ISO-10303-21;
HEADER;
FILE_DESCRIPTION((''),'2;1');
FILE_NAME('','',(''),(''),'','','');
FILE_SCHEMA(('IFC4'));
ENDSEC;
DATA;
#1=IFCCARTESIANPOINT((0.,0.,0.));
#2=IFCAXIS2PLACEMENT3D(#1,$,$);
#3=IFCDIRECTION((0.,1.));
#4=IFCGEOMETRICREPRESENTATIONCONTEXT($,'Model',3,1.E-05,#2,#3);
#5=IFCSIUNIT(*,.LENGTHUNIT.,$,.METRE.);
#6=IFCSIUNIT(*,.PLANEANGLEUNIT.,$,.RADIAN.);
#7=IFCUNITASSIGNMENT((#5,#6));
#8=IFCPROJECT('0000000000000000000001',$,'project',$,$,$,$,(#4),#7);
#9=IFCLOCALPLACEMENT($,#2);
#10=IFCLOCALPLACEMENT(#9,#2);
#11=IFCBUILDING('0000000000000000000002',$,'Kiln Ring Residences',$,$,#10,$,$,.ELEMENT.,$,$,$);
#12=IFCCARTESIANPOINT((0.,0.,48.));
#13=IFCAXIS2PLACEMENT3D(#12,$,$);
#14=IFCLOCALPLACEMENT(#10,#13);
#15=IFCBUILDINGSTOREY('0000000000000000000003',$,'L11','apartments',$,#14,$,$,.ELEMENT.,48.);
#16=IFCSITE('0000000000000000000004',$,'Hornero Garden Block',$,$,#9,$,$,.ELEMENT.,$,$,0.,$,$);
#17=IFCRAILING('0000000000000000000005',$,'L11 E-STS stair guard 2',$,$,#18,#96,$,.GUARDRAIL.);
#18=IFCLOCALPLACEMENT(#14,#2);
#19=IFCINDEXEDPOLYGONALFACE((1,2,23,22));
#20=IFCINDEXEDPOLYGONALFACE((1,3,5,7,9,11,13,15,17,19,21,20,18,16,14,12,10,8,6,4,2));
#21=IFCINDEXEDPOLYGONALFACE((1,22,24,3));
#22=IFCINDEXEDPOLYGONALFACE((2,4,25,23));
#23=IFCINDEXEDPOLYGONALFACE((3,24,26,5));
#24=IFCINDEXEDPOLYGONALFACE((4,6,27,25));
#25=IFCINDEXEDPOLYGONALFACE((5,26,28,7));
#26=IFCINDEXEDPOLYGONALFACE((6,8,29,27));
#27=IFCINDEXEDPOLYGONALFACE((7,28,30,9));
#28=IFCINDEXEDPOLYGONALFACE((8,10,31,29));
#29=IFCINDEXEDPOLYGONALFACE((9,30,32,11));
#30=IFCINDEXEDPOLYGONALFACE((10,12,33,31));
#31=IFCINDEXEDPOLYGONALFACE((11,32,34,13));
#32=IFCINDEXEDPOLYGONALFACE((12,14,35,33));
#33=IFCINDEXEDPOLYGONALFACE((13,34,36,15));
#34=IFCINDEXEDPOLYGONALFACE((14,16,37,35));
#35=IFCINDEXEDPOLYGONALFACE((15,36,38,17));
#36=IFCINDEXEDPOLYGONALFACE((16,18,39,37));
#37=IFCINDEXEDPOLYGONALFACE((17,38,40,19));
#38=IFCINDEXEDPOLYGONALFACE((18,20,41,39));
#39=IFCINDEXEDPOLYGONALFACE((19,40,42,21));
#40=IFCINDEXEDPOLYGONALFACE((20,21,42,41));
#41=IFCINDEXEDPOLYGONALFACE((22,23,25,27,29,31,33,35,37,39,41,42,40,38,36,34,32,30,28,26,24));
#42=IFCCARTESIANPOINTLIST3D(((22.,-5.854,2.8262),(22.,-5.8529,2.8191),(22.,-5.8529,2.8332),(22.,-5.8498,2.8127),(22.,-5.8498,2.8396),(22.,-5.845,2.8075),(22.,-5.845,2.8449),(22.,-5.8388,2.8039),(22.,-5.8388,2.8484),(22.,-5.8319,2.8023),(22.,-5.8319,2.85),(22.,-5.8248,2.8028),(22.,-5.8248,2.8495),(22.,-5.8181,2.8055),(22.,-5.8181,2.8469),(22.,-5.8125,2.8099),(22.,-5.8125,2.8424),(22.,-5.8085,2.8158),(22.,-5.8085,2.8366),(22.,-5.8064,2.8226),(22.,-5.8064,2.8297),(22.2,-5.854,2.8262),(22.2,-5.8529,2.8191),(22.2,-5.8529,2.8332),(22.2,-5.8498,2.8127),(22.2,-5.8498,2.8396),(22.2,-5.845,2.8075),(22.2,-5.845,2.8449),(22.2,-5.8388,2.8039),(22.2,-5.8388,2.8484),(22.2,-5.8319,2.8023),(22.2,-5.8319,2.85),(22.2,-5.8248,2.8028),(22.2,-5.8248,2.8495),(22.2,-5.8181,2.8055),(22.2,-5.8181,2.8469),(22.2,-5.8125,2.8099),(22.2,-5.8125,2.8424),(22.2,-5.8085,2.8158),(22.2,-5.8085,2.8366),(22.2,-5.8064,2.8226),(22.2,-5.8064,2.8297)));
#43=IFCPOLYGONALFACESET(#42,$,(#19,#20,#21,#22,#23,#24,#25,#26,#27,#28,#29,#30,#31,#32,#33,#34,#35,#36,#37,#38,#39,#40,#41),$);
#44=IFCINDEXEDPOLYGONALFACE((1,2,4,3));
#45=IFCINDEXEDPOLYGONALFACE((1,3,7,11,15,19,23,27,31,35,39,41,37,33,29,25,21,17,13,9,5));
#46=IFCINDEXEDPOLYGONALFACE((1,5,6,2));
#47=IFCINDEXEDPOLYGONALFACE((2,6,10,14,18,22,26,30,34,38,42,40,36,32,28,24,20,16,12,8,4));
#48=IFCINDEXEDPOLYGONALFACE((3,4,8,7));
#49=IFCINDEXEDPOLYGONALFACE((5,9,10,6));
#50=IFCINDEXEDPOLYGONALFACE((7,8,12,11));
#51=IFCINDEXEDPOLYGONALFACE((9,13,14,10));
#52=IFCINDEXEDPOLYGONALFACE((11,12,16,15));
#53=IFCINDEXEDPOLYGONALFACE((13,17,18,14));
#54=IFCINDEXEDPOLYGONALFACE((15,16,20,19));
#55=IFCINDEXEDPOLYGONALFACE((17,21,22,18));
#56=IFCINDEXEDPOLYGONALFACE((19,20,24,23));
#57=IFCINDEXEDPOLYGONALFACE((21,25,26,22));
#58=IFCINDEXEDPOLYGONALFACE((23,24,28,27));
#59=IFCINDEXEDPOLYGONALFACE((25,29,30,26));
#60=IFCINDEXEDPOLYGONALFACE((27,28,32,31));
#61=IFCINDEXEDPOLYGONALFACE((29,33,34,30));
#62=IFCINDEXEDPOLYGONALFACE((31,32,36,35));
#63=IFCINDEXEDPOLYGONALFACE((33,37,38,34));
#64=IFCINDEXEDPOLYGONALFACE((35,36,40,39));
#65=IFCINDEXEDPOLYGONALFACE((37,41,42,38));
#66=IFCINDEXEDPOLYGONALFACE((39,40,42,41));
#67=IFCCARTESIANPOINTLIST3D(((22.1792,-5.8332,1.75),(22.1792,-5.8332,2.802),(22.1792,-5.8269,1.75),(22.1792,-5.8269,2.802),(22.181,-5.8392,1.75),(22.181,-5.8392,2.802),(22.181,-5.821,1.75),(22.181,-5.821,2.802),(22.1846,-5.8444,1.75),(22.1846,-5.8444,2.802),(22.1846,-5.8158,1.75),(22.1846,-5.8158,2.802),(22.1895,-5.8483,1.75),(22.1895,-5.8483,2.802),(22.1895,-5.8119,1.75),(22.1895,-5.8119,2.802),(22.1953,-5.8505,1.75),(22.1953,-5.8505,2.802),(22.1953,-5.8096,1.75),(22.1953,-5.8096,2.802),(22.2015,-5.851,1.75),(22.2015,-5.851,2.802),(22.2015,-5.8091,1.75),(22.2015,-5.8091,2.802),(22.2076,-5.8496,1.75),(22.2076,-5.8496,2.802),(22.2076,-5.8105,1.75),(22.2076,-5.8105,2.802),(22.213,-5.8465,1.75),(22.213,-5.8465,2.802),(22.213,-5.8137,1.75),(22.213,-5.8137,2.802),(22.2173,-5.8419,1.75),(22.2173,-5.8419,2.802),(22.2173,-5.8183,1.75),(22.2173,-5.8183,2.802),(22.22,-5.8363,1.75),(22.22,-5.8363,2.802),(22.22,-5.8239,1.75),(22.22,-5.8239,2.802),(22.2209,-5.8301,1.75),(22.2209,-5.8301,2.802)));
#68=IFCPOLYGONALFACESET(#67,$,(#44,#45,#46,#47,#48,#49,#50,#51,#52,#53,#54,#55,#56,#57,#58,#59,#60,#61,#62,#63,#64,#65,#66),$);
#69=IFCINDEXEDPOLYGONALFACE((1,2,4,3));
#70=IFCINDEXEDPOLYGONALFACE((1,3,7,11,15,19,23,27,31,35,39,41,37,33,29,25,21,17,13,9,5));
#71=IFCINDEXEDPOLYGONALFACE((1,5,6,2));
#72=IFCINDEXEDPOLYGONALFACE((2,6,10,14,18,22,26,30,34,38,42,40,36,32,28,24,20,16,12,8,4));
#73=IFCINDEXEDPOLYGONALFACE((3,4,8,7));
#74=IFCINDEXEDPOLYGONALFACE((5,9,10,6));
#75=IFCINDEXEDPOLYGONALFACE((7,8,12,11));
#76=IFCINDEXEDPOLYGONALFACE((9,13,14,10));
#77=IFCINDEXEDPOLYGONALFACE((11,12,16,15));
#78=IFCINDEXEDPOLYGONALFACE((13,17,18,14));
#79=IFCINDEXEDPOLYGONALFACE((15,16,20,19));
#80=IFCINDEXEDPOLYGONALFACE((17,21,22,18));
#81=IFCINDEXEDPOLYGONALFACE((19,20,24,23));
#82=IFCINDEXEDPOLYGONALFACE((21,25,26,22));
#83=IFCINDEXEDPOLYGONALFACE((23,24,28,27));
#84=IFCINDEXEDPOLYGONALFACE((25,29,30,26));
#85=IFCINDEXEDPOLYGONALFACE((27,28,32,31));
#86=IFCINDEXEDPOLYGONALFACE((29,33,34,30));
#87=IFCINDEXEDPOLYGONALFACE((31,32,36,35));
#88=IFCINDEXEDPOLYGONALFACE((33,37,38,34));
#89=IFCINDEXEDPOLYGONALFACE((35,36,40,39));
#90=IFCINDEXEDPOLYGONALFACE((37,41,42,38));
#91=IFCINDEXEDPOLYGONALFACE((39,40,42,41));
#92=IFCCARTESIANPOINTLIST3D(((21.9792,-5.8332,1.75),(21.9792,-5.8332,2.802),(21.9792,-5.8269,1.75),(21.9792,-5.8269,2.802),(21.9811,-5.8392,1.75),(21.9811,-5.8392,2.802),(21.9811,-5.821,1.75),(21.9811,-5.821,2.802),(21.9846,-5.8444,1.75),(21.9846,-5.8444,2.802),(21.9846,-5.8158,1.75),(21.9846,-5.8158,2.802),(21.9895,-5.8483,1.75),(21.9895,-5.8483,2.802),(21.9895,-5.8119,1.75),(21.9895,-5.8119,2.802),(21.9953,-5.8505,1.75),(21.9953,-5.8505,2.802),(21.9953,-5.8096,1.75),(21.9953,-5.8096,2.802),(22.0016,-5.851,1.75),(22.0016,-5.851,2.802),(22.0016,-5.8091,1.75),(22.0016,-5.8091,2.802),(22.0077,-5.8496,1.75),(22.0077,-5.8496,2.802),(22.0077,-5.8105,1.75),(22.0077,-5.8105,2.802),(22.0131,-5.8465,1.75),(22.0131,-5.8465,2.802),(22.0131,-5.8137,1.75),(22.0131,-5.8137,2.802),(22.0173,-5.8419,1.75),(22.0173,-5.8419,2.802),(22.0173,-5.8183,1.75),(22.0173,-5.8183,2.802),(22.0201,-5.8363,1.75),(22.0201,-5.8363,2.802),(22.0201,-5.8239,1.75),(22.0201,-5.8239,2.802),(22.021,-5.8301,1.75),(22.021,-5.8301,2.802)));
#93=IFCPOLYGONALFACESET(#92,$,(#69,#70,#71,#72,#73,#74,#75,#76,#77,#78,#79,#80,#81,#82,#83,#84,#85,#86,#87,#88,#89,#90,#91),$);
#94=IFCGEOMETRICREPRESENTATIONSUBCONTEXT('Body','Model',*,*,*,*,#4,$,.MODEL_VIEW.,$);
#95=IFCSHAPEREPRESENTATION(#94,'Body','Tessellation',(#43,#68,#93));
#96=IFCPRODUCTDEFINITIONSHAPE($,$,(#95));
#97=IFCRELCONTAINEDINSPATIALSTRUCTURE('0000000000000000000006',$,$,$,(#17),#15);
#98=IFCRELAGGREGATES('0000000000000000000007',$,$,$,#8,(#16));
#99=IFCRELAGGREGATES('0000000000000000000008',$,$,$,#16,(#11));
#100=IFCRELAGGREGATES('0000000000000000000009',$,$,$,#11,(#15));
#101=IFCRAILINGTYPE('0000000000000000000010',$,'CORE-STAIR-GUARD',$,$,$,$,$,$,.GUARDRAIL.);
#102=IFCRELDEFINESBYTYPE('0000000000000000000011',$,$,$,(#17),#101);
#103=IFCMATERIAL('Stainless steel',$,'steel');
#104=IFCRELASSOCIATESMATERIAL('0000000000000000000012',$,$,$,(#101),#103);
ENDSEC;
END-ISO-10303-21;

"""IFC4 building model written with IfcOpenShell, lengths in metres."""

from ifc_helpers import new_model, si_unit, direction, frame, origin, origin_2d, place, context, subcontext, project, spatial, circle, extrude, material, type_object, element, save


model = new_model("IFC4")

# Units and contexts
model_context = context("Model", 3, precision=1e-05, world=origin(), true_north=direction((0.0, 1.0)))
body_context = subcontext(model_context, "Body", "Model", "MODEL_VIEW")
ifc_project = project(units=[si_unit("LENGTHUNIT", "METRE"), si_unit("PLANEANGLEUNIT", "RADIAN")], contexts=[model_context])

# Site, building, storey
site_placement = place(None, origin())
site = spatial("IfcSite", under=ifc_project, at=site_placement, Name="Hornero Garden Block", CompositionType="ELEMENT", RefElevation=0.0)
building_placement = place(site_placement, origin())
building = spatial("IfcBuilding", under=site, at=building_placement, Name="Kiln Ring Residences", CompositionType="ELEMENT")
storey_placement = place(building_placement, frame((0.0, 0.0, 48.0)))
storey = spatial("IfcBuildingStorey", under=building, at=storey_placement, Name="L11", Description="apartments", CompositionType="ELEMENT", Elevation=48.0)

# Railing
ifc_material_1 = material(Name="Stainless steel", Category="steel")
railing_type_1 = type_object("IfcRailingType", Name="CORE-STAIR-GUARD", PredefinedType="GUARDRAIL", material=ifc_material_1)
railing_1_placement = place(storey_placement, frame((22.2, -5.8301, 1.75)))
element("IfcRailing", 1, at=railing_1_placement, inside=storey, type_object=railing_type_1, Name="L11 E-STS stair guard 2", PredefinedType="GUARDRAIL", context=body_context, shape_type="SweptSolid", body=[
    extrude(circle(Radius=0.0239, at=origin_2d()), frame((0.0, 0.0, 1.0762), z_axis=(-1.0, 0.0, 0.0), x_axis=(0.0, -1.0, 0.0)), (0.0, 0.0, 1.0), 0.2),
    extrude(circle(Radius=0.021, at=origin_2d()), origin(), (0.0, 0.0, 1.0), 1.052),
    extrude(circle(Radius=0.021, at=origin_2d()), frame((-0.2, 0.0, 0.0)), (0.0, 0.0, 1.0), 1.052),
])

save(model, "model.ifc")
